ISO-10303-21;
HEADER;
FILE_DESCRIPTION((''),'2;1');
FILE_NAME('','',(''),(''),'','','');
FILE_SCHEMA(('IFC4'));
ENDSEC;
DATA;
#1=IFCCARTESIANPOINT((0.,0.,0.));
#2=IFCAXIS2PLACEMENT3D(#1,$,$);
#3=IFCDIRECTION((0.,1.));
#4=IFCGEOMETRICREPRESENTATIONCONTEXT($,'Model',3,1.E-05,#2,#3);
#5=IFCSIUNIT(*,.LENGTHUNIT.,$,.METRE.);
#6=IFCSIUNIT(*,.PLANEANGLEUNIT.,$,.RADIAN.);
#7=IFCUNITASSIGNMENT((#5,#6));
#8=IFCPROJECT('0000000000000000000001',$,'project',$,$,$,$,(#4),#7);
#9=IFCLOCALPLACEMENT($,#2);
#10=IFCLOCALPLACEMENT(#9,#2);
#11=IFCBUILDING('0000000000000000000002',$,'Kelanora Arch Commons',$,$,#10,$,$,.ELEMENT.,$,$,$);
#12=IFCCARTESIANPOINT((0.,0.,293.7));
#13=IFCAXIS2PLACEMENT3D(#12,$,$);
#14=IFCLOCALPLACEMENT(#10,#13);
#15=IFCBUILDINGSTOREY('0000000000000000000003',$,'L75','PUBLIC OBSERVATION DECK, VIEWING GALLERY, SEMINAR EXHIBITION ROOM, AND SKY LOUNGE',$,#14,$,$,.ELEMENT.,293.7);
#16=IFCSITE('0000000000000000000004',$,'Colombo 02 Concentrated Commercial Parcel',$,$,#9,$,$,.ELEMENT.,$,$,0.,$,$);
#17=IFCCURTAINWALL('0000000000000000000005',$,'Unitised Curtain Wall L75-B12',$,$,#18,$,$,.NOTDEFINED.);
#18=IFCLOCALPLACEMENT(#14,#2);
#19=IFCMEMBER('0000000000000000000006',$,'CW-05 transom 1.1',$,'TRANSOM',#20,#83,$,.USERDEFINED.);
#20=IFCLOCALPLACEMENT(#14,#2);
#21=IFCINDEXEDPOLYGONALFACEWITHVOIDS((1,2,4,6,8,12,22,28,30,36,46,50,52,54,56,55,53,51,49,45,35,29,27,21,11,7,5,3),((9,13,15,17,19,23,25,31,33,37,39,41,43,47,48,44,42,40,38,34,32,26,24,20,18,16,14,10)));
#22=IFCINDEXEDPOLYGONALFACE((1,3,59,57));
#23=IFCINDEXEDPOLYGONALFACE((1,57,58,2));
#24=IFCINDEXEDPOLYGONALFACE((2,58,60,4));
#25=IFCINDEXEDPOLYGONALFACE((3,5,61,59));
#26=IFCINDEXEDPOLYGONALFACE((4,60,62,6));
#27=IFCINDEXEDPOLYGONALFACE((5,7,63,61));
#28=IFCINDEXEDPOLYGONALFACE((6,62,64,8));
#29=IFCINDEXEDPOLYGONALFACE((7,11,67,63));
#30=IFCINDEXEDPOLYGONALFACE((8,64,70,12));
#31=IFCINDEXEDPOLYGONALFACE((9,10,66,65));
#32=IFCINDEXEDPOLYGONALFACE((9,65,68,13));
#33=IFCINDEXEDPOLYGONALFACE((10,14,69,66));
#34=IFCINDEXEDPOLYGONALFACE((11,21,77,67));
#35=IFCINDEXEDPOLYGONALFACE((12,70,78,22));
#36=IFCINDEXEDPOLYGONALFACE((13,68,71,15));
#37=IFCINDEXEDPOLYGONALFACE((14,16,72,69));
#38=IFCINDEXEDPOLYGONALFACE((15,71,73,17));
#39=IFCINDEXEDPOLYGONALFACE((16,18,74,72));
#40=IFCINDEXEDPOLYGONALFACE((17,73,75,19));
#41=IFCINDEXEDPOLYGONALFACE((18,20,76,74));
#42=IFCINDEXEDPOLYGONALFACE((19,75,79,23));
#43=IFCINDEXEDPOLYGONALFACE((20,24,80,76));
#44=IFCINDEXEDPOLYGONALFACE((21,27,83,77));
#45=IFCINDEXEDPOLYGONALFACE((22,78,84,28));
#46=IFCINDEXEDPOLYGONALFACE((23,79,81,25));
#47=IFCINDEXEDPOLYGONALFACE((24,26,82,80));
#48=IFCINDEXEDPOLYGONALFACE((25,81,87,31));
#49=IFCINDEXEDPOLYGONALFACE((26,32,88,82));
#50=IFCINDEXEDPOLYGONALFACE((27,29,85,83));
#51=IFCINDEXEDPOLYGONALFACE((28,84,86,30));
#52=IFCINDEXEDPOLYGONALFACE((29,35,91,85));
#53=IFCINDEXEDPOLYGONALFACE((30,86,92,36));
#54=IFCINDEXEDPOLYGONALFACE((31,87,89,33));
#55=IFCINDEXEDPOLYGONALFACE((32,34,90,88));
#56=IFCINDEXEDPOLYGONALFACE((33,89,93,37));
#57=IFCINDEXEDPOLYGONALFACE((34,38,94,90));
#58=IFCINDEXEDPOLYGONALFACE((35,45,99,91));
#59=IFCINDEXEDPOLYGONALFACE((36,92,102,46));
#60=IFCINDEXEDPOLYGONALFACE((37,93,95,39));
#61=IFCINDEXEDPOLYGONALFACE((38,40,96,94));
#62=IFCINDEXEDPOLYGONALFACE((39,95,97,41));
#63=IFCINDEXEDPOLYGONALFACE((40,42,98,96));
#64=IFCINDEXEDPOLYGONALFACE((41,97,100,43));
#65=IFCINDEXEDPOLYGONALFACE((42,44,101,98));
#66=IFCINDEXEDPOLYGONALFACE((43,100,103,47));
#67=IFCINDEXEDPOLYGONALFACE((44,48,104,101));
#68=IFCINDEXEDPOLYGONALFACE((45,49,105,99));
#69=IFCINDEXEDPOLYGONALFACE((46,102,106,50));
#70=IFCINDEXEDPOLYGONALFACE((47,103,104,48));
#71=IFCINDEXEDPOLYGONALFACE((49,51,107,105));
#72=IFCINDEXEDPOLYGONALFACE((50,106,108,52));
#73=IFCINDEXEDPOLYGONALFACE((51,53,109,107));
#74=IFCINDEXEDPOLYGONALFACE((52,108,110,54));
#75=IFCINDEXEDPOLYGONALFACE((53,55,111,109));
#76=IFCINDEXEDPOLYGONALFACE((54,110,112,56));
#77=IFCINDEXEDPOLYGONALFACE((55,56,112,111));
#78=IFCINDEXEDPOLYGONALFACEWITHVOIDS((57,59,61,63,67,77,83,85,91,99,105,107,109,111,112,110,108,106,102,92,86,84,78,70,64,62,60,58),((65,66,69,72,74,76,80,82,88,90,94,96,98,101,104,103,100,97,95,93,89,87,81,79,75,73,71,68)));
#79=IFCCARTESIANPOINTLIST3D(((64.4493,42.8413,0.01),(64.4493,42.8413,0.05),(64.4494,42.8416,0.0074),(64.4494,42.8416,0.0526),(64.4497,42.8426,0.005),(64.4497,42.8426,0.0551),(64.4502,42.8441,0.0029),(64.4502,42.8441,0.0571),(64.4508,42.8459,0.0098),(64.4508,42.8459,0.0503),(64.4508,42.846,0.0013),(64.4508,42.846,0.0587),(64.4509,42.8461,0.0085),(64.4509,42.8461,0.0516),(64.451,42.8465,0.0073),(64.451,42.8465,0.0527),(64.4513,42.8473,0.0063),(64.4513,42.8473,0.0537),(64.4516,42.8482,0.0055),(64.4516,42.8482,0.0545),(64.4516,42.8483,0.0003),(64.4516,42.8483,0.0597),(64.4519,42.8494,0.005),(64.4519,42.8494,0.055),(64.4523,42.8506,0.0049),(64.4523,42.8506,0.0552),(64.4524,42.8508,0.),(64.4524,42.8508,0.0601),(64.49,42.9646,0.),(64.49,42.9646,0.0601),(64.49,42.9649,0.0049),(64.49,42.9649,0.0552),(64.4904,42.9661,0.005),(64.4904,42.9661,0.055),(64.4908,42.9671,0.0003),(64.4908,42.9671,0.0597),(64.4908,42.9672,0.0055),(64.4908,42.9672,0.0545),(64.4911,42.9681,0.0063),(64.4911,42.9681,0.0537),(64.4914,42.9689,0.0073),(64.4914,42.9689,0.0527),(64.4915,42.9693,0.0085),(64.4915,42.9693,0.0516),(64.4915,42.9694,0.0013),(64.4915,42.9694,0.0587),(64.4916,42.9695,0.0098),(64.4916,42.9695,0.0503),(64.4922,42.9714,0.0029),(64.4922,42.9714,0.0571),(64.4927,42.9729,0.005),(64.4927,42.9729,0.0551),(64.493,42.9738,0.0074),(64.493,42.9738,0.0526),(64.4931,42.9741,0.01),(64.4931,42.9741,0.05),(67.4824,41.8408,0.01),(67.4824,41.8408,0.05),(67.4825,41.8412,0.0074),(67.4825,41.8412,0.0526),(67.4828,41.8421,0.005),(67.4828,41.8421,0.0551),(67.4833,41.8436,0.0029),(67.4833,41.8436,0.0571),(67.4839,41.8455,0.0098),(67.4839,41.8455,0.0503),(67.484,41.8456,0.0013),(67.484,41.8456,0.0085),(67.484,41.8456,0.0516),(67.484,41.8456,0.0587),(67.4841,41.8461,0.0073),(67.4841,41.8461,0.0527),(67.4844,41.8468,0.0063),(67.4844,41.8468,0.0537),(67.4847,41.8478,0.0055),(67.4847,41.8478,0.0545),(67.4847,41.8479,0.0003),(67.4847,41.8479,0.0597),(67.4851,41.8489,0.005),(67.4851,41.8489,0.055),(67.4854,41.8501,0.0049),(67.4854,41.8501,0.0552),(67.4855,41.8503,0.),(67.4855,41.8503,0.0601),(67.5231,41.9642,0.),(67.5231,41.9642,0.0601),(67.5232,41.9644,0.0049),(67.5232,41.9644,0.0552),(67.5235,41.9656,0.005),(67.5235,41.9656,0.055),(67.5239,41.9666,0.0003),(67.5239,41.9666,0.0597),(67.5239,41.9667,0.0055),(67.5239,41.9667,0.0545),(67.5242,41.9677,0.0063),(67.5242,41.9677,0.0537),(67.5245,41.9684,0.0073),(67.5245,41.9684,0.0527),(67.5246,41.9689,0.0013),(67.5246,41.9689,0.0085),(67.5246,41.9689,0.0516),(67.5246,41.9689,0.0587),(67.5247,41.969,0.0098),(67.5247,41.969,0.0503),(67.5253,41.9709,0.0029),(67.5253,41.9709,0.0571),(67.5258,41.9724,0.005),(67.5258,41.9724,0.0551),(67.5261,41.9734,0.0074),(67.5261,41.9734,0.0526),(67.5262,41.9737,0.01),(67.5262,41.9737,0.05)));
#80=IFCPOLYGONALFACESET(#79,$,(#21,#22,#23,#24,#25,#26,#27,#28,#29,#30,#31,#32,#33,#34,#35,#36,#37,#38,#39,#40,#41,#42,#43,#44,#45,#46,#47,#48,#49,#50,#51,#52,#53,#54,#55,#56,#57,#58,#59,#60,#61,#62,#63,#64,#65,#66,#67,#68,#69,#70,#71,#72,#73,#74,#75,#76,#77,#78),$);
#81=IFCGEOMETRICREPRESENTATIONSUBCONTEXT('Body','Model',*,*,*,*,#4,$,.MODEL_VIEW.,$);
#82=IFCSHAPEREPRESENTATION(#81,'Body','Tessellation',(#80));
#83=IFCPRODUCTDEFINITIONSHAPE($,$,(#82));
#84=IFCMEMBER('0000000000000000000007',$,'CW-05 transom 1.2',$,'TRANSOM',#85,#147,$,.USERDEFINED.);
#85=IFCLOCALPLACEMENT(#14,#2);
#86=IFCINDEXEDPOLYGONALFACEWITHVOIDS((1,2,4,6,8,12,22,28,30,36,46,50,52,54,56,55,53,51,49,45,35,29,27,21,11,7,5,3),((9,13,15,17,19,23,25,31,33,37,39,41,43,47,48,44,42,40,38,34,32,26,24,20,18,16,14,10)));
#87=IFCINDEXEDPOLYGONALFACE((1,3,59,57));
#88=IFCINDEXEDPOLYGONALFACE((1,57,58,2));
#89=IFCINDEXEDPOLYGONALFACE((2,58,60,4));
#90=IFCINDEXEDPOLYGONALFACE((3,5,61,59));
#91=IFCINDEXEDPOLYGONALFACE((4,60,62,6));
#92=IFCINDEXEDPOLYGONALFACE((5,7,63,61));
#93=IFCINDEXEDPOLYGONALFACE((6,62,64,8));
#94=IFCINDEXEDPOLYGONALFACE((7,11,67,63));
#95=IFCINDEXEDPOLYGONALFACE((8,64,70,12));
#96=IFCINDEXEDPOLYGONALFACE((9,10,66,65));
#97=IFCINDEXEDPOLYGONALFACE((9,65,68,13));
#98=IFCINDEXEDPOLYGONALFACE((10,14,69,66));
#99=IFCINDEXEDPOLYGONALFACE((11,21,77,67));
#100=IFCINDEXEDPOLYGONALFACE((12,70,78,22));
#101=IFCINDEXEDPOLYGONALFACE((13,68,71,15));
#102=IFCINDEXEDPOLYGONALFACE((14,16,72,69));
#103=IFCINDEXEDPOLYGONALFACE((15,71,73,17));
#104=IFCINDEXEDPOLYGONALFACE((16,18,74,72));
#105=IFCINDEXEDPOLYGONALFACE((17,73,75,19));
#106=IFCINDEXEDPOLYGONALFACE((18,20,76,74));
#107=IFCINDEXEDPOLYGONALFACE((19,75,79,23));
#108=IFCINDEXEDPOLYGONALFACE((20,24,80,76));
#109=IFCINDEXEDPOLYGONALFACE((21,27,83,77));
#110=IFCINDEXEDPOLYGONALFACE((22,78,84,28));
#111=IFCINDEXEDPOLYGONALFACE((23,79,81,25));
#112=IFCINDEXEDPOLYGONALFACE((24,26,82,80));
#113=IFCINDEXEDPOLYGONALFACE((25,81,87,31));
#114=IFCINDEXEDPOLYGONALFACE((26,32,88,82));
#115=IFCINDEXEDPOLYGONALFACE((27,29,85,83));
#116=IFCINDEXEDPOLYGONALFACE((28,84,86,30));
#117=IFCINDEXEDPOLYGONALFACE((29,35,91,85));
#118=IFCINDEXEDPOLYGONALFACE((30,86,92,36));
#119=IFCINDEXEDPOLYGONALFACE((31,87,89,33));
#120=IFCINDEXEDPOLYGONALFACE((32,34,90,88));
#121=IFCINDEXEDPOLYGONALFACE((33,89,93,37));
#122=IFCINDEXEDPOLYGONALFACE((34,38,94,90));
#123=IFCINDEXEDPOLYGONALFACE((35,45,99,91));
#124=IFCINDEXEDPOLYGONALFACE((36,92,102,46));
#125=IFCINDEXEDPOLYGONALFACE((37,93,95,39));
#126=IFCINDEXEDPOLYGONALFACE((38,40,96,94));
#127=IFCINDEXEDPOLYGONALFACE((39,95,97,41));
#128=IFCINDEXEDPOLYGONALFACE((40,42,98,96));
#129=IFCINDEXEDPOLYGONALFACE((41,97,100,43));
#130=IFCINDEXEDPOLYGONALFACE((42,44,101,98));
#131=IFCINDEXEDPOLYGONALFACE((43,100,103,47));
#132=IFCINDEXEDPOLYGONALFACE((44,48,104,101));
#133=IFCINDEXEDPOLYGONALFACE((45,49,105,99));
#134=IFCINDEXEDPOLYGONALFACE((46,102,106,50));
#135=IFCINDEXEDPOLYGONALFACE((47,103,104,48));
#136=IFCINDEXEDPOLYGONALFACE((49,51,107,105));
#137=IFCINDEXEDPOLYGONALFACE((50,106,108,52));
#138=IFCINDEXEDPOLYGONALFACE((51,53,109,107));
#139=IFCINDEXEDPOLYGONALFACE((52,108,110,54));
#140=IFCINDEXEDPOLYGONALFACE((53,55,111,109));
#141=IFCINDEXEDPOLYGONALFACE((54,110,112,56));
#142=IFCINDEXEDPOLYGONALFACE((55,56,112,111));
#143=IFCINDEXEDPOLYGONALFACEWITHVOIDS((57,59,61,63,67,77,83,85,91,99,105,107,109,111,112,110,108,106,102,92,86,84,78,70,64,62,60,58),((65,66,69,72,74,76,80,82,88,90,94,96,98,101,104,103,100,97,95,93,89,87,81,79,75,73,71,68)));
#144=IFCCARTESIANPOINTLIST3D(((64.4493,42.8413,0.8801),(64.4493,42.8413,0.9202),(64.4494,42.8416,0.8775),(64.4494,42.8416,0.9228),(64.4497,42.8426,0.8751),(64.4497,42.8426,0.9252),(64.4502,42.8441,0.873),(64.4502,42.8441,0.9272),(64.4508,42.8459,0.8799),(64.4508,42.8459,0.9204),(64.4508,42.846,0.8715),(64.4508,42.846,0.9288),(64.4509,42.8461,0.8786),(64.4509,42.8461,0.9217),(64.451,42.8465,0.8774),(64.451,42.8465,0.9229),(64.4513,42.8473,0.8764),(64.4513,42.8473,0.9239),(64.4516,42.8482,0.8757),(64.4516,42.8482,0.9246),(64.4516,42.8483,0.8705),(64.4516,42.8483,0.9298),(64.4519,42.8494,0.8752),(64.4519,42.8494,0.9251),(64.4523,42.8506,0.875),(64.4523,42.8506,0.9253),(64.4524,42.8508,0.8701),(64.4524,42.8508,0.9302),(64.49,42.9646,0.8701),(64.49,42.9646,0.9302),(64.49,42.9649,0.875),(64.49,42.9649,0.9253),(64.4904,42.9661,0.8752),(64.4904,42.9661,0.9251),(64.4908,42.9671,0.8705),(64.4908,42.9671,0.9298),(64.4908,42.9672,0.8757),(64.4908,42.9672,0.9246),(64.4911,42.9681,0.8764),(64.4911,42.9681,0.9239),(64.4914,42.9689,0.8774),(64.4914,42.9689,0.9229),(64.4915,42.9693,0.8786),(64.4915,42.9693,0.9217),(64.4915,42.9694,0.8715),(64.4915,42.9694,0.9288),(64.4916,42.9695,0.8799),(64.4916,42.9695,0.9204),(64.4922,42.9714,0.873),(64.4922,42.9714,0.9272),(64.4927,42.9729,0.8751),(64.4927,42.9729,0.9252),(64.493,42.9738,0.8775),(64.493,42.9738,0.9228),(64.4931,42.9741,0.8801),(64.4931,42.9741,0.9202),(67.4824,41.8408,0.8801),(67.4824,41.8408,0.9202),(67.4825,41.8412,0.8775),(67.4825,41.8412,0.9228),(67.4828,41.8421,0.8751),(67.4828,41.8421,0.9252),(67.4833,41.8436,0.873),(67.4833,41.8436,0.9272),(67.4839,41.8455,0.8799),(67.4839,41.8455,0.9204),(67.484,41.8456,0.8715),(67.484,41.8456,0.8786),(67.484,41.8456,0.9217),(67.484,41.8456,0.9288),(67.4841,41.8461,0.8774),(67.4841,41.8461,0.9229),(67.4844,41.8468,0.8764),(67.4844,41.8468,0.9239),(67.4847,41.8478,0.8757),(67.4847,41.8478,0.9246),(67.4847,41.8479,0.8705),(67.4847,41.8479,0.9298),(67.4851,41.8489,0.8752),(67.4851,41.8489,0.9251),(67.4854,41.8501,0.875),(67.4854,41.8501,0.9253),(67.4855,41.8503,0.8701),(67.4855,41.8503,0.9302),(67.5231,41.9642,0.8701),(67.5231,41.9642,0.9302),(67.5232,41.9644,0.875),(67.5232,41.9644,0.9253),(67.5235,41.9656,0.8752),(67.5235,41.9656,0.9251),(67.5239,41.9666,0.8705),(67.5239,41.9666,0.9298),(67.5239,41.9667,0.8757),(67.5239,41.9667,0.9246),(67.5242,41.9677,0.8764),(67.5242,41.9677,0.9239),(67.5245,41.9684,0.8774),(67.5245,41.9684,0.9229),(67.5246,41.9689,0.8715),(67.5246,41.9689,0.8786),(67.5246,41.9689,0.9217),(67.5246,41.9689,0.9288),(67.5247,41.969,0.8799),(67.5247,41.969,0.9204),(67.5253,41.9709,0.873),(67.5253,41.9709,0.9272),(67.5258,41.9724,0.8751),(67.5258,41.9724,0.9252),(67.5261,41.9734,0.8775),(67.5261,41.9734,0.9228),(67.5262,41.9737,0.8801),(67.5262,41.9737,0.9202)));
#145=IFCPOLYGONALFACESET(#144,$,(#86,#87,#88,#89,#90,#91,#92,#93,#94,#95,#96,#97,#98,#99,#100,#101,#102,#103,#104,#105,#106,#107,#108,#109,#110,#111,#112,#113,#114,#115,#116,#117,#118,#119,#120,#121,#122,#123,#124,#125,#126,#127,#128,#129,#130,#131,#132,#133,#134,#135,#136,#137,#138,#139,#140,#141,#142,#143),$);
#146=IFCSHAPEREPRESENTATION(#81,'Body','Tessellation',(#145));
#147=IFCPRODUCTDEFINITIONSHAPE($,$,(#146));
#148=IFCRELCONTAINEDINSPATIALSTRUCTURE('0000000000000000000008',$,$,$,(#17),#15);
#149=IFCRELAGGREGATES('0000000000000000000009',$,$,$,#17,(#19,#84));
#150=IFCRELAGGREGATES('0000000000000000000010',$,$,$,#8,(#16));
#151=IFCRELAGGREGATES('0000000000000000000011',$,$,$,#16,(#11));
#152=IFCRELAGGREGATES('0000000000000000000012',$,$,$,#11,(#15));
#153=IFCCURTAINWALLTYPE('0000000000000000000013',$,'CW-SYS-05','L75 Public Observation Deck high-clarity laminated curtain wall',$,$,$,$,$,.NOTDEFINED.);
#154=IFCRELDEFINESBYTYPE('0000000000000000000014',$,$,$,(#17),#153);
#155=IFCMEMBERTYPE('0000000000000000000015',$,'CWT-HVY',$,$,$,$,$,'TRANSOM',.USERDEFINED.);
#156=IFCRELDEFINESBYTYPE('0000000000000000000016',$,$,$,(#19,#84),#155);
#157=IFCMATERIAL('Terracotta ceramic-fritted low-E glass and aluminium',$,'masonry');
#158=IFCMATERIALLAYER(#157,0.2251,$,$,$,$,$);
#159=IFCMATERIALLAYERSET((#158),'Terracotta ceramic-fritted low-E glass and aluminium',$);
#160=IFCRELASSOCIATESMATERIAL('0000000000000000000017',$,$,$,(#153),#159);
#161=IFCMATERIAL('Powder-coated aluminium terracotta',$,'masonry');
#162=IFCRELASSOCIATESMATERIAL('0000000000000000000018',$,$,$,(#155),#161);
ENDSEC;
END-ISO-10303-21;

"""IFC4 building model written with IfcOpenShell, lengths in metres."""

from ifc_helpers import new_model, si_unit, direction, frame, origin, origin_2d, place, context, subcontext, project, spatial, hollow_rectangle, extrude, material, layer, layer_set, material_profile, profile_set, type_object, element, aggregate, save


model = new_model("IFC4")

# Units and contexts
model_context = context("Model", 3, precision=1e-05, world=origin(), true_north=direction((0.0, 1.0)))
body_context = subcontext(model_context, "Body", "Model", "MODEL_VIEW")
ifc_project = project(units=[si_unit("LENGTHUNIT", "METRE"), si_unit("PLANEANGLEUNIT", "RADIAN")], contexts=[model_context])

# Site, building, storey
site_placement = place(None, origin())
site = spatial("IfcSite", under=ifc_project, at=site_placement, Name="Colombo 02 Concentrated Commercial Parcel", CompositionType="ELEMENT", RefElevation=0.0)
building_placement = place(site_placement, origin())
building = spatial("IfcBuilding", under=site, at=building_placement, Name="Kelanora Arch Commons", CompositionType="ELEMENT")
storey_placement = place(building_placement, frame((0.0, 0.0, 293.7)))
storey = spatial("IfcBuildingStorey", under=building, at=storey_placement, Name="L75", Description="PUBLIC OBSERVATION DECK, VIEWING GALLERY, SEMINAR EXHIBITION ROOM, AND SKY LOUNGE", CompositionType="ELEMENT", Elevation=293.7)

# Curtain wall
ifc_material_1 = material(Name="Terracotta ceramic-fritted low-E glass and aluminium", Category="masonry")
ifc_layer_1 = layer(ifc_material_1, 0.2251)
ifc_layer_set_1 = layer_set([ifc_layer_1], Name="Terracotta ceramic-fritted low-E glass and aluminium")
curtain_wall_type = type_object("IfcCurtainWallType", Name="CW-SYS-05", Description="L75 Public Observation Deck high-clarity laminated curtain wall", PredefinedType="NOTDEFINED", material=ifc_layer_set_1)
curtain_wall_1_placement = place(storey_placement, origin())
curtain_wall_1 = element("IfcCurtainWall", 1, at=curtain_wall_1_placement, inside=storey, type_object=curtain_wall_type, Name="Unitised Curtain Wall L75-B12", PredefinedType="NOTDEFINED")
ifc_material_2 = material(Name="Powder-coated aluminium terracotta", Category="masonry")

# Members
ifc_material_profile_1 = material_profile(ifc_material_2, hollow_rectangle(XDim=0.1399, YDim=0.0601, WallThickness=0.0049, InnerFilletRadius=0.0049, OuterFilletRadius=0.01, at=origin_2d()), Name="CWT140x60")
ifc_profile_set_1 = profile_set([ifc_material_profile_1], Name="Powder-coated aluminium terracotta")
member_type_1 = type_object("IfcMemberType", Name="CWT-HVY", ElementType="TRANSOM", PredefinedType="USERDEFINED", material=ifc_profile_set_1)
member_1_placement = place(storey_placement, frame((64.4712, 42.9077, 0.03), z_axis=(0.949672, -0.313245, 0.0), x_axis=(0.313245, 0.949672, 0.0)))
member_1 = element("IfcMember", 2, at=member_1_placement, type_object=member_type_1, Name="CW-05 transom 1.1", ObjectType="TRANSOM", PredefinedType="USERDEFINED", context=body_context, shape_type="SweptSolid", body=[
    extrude(hollow_rectangle(XDim=0.1399, YDim=0.0601, WallThickness=0.0049, InnerFilletRadius=0.0049, OuterFilletRadius=0.01, at=origin_2d()), origin(), (0.0, 0.0, 1.0), 3.1938),
])
member_2_placement = place(storey_placement, frame((64.4712, 42.9077, 0.9001), z_axis=(0.949672, -0.313245, 0.0), x_axis=(0.313245, 0.949672, 0.0)))
member_2 = element("IfcMember", 3, at=member_2_placement, type_object=member_type_1, Name="CW-05 transom 1.2", ObjectType="TRANSOM", PredefinedType="USERDEFINED", context=body_context, shape_type="SweptSolid", body=[
    extrude(hollow_rectangle(XDim=0.1399, YDim=0.0601, WallThickness=0.0049, InnerFilletRadius=0.0049, OuterFilletRadius=0.01, at=origin_2d()), origin(), (0.0, 0.0, 1.0), 3.1938),
])

aggregate(curtain_wall_1, [member_1, member_2])

save(model, "model.ifc")
